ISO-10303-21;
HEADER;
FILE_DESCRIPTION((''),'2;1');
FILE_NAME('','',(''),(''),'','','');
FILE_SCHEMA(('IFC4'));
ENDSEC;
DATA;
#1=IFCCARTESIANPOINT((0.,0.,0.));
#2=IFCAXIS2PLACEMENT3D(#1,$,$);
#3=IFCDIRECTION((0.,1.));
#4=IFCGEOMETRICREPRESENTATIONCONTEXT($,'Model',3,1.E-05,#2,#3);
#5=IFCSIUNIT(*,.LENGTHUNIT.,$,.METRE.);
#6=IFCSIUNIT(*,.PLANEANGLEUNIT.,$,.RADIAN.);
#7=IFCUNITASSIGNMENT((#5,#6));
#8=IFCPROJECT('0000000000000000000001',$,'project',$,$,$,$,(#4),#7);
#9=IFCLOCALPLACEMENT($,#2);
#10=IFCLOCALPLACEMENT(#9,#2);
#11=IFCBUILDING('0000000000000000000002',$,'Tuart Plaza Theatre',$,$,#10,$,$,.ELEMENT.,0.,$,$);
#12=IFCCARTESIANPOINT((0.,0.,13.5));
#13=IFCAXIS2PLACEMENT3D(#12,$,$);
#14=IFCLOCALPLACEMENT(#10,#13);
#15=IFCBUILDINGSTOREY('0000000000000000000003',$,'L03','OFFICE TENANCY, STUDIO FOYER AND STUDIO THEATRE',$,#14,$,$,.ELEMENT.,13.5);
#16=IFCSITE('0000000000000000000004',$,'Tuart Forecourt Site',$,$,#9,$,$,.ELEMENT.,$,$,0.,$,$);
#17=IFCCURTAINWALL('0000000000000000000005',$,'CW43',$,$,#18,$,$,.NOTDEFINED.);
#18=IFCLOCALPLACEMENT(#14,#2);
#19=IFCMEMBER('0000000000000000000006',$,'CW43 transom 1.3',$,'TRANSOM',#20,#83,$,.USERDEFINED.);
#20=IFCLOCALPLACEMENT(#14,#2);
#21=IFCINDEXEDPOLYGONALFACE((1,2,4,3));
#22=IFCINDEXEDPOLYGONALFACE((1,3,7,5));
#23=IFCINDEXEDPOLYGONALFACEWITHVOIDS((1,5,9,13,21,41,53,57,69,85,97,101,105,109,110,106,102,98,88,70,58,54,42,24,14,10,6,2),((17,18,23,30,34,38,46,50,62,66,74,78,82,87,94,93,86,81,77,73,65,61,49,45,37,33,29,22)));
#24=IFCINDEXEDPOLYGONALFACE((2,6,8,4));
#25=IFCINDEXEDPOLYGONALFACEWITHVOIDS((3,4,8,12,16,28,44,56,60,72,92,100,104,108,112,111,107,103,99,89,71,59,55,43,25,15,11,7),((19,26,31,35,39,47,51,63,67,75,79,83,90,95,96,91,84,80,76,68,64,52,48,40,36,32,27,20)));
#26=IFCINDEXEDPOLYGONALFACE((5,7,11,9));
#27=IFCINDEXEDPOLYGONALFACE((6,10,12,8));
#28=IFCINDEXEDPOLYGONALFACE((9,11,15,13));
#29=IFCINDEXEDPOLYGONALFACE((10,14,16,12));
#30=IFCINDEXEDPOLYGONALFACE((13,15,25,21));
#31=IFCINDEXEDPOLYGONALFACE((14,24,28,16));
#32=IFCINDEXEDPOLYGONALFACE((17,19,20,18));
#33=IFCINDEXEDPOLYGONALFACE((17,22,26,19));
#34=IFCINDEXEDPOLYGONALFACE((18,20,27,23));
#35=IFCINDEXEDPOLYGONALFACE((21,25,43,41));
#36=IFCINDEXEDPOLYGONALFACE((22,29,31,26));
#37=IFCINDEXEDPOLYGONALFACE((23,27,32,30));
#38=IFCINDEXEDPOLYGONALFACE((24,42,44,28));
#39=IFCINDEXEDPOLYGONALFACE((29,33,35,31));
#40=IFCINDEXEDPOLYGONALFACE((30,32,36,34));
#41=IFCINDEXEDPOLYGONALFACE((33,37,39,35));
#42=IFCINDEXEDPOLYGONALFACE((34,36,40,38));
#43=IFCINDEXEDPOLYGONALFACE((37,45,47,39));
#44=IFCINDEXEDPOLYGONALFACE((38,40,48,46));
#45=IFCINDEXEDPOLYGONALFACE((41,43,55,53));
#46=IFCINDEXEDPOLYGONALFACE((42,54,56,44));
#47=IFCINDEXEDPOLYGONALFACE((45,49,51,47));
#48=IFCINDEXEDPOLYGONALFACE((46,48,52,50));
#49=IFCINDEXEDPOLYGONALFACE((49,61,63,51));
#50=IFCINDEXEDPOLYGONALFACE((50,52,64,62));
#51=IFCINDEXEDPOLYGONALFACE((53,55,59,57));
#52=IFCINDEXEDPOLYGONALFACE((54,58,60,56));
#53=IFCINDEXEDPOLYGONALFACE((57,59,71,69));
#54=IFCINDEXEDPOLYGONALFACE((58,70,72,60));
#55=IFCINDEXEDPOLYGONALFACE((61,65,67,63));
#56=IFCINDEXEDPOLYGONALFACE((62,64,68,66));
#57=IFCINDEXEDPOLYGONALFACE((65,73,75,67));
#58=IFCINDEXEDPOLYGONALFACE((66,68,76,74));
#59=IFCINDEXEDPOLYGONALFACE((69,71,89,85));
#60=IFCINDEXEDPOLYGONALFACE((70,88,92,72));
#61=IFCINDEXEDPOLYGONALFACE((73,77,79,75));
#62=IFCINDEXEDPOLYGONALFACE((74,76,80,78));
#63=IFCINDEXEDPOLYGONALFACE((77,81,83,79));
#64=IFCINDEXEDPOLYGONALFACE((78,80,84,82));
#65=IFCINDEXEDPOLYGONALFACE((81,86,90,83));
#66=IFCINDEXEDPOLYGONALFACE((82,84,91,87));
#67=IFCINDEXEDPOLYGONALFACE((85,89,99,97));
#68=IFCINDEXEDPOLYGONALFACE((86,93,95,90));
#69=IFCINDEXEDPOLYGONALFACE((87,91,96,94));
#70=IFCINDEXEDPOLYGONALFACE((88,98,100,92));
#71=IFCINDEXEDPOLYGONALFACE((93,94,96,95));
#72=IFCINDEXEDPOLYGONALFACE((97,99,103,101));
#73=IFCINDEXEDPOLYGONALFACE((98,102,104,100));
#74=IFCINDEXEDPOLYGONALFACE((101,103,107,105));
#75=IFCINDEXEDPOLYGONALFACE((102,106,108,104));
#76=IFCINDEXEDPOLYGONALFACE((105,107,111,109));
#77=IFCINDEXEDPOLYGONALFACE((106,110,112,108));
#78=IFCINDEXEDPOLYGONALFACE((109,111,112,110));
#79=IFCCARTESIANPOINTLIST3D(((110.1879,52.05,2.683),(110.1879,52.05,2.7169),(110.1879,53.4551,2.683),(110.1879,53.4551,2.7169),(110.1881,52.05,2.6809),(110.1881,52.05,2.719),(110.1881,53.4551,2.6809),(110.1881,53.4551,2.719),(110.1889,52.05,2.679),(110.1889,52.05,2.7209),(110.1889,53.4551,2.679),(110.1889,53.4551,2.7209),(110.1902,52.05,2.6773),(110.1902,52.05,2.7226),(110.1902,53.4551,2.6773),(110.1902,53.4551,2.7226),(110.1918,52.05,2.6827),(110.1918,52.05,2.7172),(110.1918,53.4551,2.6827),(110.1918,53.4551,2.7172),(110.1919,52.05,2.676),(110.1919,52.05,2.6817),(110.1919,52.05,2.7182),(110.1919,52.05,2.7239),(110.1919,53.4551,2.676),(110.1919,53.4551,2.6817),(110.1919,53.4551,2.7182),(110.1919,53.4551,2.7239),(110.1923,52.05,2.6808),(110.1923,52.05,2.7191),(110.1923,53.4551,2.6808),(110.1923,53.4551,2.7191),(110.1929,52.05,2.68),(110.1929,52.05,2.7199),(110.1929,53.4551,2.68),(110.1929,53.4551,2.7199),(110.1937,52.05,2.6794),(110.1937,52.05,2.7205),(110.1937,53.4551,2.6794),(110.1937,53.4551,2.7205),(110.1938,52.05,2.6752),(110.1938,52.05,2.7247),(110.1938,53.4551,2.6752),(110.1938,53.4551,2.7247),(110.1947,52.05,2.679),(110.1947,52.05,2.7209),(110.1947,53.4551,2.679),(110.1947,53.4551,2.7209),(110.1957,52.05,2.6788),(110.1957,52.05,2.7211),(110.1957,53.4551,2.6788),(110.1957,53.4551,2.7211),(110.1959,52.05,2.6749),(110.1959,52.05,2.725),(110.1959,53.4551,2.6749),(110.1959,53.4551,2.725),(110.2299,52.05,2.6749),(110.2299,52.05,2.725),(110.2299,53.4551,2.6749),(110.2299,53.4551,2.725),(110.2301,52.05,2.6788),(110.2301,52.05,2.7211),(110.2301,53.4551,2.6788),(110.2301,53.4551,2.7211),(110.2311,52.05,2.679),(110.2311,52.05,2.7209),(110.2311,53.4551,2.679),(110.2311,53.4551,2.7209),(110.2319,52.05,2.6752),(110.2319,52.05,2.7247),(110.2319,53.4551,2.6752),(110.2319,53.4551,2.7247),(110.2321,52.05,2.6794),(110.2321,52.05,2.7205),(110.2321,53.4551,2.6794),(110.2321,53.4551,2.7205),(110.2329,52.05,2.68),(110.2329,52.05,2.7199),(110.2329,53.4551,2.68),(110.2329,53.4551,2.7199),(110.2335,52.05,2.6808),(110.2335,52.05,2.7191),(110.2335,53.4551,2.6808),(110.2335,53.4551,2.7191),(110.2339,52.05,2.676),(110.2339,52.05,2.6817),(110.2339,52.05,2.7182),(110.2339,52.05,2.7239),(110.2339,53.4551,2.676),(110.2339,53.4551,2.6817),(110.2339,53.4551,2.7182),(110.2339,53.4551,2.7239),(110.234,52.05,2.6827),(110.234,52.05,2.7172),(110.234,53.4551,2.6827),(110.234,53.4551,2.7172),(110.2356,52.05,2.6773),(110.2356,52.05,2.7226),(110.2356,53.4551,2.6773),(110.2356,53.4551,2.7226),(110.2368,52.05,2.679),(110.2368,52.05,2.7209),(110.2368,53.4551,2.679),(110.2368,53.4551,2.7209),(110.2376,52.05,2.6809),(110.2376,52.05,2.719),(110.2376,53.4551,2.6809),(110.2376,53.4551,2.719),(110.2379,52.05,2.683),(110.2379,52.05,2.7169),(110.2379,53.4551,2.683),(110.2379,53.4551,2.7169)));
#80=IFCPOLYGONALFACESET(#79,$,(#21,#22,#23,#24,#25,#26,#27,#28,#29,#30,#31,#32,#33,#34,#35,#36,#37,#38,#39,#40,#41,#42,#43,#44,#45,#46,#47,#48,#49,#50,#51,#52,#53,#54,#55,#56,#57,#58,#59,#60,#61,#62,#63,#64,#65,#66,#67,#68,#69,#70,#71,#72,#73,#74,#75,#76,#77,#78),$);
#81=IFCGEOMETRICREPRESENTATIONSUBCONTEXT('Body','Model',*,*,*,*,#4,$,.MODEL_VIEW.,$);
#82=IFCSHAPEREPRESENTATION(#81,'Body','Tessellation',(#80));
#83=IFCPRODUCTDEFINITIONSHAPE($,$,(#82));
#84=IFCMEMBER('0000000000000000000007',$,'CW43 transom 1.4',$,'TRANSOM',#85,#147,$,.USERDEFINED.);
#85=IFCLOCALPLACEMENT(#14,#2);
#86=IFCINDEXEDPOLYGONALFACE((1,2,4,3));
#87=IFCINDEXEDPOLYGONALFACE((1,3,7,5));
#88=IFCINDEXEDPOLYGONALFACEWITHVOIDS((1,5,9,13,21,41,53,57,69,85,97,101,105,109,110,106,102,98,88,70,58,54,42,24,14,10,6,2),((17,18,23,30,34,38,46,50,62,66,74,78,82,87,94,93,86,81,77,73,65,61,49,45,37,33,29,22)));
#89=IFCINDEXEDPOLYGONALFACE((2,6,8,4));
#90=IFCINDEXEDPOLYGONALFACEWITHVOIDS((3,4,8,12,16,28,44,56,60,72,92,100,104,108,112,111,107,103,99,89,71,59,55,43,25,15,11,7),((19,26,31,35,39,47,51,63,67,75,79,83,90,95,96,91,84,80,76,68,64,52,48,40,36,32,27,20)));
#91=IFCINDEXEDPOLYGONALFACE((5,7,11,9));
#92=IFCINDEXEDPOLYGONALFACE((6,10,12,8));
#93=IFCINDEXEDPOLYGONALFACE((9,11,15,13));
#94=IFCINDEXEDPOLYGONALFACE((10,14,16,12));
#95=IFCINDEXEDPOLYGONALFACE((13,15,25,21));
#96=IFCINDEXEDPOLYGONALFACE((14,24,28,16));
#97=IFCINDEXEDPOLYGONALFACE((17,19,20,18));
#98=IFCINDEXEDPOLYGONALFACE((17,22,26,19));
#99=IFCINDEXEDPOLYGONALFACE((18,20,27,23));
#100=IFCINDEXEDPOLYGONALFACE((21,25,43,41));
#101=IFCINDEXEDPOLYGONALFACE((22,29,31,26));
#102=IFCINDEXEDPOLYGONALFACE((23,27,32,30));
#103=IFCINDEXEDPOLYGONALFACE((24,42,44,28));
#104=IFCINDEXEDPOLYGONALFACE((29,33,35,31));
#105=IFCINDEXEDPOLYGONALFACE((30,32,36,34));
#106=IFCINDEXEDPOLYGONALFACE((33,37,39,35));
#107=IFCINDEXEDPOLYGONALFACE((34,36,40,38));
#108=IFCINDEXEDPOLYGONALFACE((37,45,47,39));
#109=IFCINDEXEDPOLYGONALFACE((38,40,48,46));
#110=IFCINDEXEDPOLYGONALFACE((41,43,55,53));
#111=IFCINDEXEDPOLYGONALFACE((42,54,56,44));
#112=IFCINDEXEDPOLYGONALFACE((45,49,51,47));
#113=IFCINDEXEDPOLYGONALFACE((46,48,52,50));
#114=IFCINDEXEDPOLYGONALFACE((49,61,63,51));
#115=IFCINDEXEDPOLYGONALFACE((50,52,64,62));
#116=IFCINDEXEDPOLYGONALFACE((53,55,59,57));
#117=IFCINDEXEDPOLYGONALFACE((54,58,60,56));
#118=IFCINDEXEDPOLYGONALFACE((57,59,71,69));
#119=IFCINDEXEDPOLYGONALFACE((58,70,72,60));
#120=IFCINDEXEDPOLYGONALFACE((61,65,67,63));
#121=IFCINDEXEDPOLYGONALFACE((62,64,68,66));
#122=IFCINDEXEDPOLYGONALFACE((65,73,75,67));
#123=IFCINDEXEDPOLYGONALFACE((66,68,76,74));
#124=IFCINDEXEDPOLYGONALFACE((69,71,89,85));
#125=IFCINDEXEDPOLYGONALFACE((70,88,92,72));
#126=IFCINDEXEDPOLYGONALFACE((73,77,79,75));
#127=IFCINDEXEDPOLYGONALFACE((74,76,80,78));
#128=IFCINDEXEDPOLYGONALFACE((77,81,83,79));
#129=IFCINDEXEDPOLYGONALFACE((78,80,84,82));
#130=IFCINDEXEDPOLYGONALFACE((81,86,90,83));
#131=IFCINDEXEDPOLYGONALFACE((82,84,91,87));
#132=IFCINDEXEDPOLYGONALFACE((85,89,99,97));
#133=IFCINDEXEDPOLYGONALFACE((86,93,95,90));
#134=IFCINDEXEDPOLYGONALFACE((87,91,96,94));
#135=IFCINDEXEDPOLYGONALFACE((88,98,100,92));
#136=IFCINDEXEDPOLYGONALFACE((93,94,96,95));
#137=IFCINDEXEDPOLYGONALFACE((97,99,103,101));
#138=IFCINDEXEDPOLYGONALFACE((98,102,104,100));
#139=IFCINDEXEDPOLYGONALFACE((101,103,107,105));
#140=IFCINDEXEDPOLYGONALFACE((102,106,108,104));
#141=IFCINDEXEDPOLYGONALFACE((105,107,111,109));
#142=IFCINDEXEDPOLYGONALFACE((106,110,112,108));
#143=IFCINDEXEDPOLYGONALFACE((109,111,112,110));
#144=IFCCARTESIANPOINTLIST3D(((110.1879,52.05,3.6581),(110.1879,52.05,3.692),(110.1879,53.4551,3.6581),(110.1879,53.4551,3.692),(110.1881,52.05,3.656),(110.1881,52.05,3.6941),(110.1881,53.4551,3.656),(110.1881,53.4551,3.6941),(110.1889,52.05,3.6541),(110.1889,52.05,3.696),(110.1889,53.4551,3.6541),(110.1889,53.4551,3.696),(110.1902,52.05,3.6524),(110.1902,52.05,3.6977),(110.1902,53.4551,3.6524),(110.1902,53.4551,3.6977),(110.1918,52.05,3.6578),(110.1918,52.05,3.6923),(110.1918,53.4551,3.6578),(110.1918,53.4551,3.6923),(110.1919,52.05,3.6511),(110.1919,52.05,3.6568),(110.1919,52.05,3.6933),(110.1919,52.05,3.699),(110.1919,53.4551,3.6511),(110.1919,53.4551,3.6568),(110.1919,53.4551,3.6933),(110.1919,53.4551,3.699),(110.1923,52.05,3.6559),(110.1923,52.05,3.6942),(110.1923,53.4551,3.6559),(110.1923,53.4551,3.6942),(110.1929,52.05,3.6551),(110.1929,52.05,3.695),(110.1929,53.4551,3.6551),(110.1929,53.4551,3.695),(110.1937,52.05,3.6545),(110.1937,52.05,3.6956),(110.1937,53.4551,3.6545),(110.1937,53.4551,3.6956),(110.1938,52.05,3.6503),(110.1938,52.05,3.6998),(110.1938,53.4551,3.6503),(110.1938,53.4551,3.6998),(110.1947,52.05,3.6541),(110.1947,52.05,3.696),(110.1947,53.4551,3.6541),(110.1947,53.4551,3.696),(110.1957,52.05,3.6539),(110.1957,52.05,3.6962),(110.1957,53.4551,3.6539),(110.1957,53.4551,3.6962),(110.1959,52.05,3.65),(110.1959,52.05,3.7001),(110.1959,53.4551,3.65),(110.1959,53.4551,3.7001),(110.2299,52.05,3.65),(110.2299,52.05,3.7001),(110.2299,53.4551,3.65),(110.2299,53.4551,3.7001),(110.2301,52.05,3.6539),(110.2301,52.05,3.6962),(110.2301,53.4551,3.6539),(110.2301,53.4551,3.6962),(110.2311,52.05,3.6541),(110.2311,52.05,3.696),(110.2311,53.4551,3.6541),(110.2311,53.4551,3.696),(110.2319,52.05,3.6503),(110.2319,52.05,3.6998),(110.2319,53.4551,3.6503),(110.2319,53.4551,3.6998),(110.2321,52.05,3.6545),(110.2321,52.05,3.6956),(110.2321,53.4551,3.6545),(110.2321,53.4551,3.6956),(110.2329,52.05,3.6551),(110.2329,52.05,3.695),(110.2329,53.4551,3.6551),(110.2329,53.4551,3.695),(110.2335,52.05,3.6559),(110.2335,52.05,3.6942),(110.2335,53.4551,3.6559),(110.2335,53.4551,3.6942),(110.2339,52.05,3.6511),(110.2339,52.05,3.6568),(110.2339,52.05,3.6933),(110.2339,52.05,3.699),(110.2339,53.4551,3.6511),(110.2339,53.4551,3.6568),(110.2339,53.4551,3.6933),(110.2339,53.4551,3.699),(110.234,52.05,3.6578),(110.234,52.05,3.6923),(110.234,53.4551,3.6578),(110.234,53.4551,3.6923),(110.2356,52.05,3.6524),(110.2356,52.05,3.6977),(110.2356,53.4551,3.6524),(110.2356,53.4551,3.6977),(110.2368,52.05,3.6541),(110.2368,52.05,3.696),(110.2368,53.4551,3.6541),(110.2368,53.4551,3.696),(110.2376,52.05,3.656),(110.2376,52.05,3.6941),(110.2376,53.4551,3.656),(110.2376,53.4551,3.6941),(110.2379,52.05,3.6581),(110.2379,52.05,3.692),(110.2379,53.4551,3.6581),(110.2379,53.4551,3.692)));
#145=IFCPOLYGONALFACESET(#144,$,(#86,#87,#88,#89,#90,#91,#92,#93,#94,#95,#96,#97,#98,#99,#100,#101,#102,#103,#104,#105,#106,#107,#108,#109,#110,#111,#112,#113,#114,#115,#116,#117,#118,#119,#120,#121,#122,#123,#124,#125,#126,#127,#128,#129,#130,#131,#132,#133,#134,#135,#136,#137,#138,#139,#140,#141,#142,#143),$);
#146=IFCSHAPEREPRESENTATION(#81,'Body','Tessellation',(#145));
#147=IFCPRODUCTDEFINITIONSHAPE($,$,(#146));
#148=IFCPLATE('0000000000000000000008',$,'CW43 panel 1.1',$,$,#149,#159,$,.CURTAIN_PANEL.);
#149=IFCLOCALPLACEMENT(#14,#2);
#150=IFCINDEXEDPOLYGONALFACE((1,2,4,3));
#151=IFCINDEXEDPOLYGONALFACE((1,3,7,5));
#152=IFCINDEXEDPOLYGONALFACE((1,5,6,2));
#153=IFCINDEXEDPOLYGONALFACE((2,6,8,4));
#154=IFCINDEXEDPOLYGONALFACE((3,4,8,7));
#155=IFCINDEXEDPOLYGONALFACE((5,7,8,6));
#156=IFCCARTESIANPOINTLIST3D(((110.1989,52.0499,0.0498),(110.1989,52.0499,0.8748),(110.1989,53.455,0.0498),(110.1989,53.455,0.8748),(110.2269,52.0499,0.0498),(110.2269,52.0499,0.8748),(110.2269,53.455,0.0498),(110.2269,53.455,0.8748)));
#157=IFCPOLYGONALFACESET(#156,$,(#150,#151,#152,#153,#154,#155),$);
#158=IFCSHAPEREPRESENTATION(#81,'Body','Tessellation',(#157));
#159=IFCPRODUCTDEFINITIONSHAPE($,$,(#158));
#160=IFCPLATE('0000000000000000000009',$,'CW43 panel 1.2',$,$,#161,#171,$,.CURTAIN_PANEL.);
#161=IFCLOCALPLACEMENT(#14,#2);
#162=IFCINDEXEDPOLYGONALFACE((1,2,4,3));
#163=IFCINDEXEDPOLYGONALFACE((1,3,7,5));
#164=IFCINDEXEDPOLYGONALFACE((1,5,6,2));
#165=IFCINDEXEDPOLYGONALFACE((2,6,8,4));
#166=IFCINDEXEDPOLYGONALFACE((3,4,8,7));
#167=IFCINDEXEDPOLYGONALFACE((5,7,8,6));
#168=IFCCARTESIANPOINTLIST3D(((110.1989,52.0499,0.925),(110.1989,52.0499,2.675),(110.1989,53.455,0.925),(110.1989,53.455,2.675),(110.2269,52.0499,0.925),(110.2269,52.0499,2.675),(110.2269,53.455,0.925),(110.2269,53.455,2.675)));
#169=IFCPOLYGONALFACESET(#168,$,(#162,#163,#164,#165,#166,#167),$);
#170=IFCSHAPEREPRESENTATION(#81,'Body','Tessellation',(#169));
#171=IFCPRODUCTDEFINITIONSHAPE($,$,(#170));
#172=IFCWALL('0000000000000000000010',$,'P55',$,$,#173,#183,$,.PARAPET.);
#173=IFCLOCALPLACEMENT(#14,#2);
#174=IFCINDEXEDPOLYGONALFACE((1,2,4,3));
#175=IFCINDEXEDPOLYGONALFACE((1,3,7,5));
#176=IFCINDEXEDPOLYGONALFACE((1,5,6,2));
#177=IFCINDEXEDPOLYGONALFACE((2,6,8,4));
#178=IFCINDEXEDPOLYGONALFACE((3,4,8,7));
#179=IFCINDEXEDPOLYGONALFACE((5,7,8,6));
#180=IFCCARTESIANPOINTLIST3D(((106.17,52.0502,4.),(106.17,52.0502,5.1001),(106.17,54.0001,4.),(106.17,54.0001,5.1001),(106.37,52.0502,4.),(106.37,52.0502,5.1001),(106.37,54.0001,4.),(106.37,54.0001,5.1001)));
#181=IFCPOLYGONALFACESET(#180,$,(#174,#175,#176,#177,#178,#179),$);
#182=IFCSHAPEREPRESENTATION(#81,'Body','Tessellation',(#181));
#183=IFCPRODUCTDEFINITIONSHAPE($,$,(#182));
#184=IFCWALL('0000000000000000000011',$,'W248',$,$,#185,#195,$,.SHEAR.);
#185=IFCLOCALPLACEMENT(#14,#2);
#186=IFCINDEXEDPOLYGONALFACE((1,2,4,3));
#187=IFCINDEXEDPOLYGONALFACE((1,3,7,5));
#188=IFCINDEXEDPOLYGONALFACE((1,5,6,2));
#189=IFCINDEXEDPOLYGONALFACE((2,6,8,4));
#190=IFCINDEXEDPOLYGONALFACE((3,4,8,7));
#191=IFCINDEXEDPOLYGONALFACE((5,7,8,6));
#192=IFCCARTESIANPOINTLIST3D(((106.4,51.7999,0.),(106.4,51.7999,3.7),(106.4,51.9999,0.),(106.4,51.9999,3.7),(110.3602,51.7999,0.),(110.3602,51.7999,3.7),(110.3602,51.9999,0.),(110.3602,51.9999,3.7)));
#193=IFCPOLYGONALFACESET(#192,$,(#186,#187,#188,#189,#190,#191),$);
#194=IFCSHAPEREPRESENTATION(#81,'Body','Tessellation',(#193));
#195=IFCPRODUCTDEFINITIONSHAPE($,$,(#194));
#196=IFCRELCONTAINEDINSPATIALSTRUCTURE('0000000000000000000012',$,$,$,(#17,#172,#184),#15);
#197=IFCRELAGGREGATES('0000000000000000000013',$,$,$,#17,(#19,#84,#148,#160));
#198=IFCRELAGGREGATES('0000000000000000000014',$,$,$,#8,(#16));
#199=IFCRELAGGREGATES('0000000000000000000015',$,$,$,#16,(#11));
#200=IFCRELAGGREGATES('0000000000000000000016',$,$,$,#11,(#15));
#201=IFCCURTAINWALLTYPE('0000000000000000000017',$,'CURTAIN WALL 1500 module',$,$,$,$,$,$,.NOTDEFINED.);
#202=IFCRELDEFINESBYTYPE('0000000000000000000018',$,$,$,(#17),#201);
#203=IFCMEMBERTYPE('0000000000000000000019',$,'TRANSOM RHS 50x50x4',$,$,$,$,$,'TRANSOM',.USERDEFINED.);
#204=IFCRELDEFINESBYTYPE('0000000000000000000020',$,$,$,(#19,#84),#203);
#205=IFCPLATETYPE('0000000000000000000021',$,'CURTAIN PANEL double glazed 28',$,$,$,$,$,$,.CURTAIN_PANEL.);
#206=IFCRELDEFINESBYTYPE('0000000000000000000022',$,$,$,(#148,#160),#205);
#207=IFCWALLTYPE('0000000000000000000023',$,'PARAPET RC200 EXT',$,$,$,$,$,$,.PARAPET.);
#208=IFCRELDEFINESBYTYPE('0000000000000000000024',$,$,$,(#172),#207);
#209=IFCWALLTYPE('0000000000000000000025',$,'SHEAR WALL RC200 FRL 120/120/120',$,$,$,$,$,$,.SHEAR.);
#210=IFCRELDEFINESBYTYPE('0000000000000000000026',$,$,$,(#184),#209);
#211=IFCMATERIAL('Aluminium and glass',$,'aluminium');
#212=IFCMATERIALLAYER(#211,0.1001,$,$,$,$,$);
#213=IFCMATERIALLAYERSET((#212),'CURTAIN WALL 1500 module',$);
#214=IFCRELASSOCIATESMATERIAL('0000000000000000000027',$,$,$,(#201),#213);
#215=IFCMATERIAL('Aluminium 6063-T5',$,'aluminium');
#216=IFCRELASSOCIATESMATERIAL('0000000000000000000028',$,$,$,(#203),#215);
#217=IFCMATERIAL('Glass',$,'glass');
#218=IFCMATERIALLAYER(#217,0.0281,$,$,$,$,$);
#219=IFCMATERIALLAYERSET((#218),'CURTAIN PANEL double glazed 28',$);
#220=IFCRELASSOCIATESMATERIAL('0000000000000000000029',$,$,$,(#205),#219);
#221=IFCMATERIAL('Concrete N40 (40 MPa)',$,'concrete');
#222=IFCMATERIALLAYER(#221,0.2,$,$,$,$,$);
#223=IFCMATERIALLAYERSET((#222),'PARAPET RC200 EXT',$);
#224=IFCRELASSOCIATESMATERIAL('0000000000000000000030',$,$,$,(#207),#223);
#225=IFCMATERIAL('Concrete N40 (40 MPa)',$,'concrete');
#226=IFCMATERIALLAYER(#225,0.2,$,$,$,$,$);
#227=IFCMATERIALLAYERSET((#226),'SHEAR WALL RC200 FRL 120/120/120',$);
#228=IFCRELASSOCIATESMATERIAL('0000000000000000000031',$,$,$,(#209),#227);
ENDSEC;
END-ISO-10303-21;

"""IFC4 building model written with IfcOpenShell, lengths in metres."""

from ifc_helpers import new_model, si_unit, direction, frame, frame_2d, origin, origin_2d, place, context, subcontext, project, spatial, rectangle, hollow_rectangle, extrude, material, layer, layer_set, material_profile, profile_set, type_object, element, aggregate, save


model = new_model("IFC4")

# Units and contexts
model_context = context("Model", 3, precision=1e-05, world=origin(), true_north=direction((0.0, 1.0)))
body_context = subcontext(model_context, "Body", "Model", "MODEL_VIEW")
ifc_project = project(units=[si_unit("LENGTHUNIT", "METRE"), si_unit("PLANEANGLEUNIT", "RADIAN")], contexts=[model_context])

# Site, building, storey
site_placement = place(None, origin())
site = spatial("IfcSite", under=ifc_project, at=site_placement, Name="Tuart Forecourt Site", CompositionType="ELEMENT", RefElevation=0.0)
building_placement = place(site_placement, origin())
building = spatial("IfcBuilding", under=site, at=building_placement, Name="Tuart Plaza Theatre", CompositionType="ELEMENT", ElevationOfRefHeight=0.0)
storey_placement = place(building_placement, frame((0.0, 0.0, 13.5)))
storey = spatial("IfcBuildingStorey", under=building, at=storey_placement, Name="L03", Description="OFFICE TENANCY, STUDIO FOYER AND STUDIO THEATRE", CompositionType="ELEMENT", Elevation=13.5)

# Curtain wall, members, plates
ifc_material_1 = material(Name="Aluminium and glass", Category="aluminium")
ifc_layer_1 = layer(ifc_material_1, 0.1001)
ifc_layer_set_1 = layer_set([ifc_layer_1], Name="CURTAIN WALL 1500 module")
curtain_wall_type = type_object("IfcCurtainWallType", Name="CURTAIN WALL 1500 module", PredefinedType="NOTDEFINED", material=ifc_layer_set_1)
curtain_wall_placement = place(storey_placement, origin())
curtain_wall = element("IfcCurtainWall", 1, at=curtain_wall_placement, inside=storey, type_object=curtain_wall_type, Name="CW43", PredefinedType="NOTDEFINED")
ifc_material_2 = material(Name="Aluminium 6063-T5", Category="aluminium")
ifc_material_profile_1 = material_profile(ifc_material_2, hollow_rectangle(XDim=0.05, YDim=0.05, WallThickness=0.0039, InnerFilletRadius=0.0039, OuterFilletRadius=0.0081, at=origin_2d()), Name="RHS 50x50x4")
ifc_profile_set_1 = profile_set([ifc_material_profile_1], Name="Aluminium 6063-T5")
member_type_1 = type_object("IfcMemberType", Name="TRANSOM RHS 50x50x4", ElementType="TRANSOM", PredefinedType="USERDEFINED", material=ifc_profile_set_1)
member_1_placement = place(storey_placement, frame((110.2129, 52.05, 2.7), z_axis=(0.0, 1.0, 0.0), x_axis=(-1.0, 0.0, 0.0)))
member_1 = element("IfcMember", 2, at=member_1_placement, type_object=member_type_1, Name="CW43 transom 1.3", ObjectType="TRANSOM", PredefinedType="USERDEFINED", context=body_context, shape_type="SweptSolid", body=[
    extrude(hollow_rectangle(XDim=0.05, YDim=0.05, WallThickness=0.0039, InnerFilletRadius=0.0039, OuterFilletRadius=0.0081, at=origin_2d()), origin(), (0.0, 0.0, 1.0), 1.405),
])
member_2_placement = place(storey_placement, frame((110.2129, 52.05, 3.675), z_axis=(0.0, 1.0, 0.0), x_axis=(-1.0, 0.0, 0.0)))
member_2 = element("IfcMember", 3, at=member_2_placement, type_object=member_type_1, Name="CW43 transom 1.4", ObjectType="TRANSOM", PredefinedType="USERDEFINED", context=body_context, shape_type="SweptSolid", body=[
    extrude(hollow_rectangle(XDim=0.05, YDim=0.05, WallThickness=0.0039, InnerFilletRadius=0.0039, OuterFilletRadius=0.0081, at=origin_2d()), origin(), (0.0, 0.0, 1.0), 1.405),
])
ifc_material_3 = material(Name="Glass", Category="glass")
ifc_layer_2 = layer(ifc_material_3, 0.0281)
ifc_layer_set_2 = layer_set([ifc_layer_2], Name="CURTAIN PANEL double glazed 28")
plate_type = type_object("IfcPlateType", Name="CURTAIN PANEL double glazed 28", PredefinedType="CURTAIN_PANEL", material=ifc_layer_set_2)
plate_1_placement = place(storey_placement, frame((110.2129, 52.7524, 0.0498), z_axis=(0.0, 0.0, 1.0), x_axis=(0.0, 1.0, 0.0)))
plate_1 = element("IfcPlate", 4, at=plate_1_placement, type_object=plate_type, Name="CW43 panel 1.1", PredefinedType="CURTAIN_PANEL", context=body_context, shape_type="SweptSolid", body=[
    extrude(rectangle(XDim=1.405, YDim=0.0281, at=origin_2d()), origin(), (0.0, 0.0, 1.0), 0.825),
])
plate_2_placement = place(storey_placement, frame((110.2129, 52.7524, 0.925), z_axis=(0.0, 0.0, 1.0), x_axis=(0.0, 1.0, 0.0)))
plate_2 = element("IfcPlate", 5, at=plate_2_placement, type_object=plate_type, Name="CW43 panel 1.2", PredefinedType="CURTAIN_PANEL", context=body_context, shape_type="SweptSolid", body=[
    extrude(rectangle(XDim=1.405, YDim=0.0281, at=origin_2d()), origin(), (0.0, 0.0, 1.0), 1.75),
])
aggregate(curtain_wall, [member_1, member_2, plate_1, plate_2])

# Walls
ifc_material_4 = material(Name="Concrete N40 (40 MPa)", Category="concrete")
ifc_layer_3 = layer(ifc_material_4, 0.2)
ifc_layer_set_3 = layer_set([ifc_layer_3], Name="PARAPET RC200 EXT")
wall_type_1 = type_object("IfcWallType", Name="PARAPET RC200 EXT", PredefinedType="PARAPET", material=ifc_layer_set_3)
wall_1_placement = place(storey_placement, frame((106.27, 52.05, 4.0), z_axis=(0.0, 0.0, 1.0), x_axis=(0.0, 1.0, 0.0)))
element("IfcWall", 6, at=wall_1_placement, inside=storey, type_object=wall_type_1, Name="P55", PredefinedType="PARAPET", context=body_context, shape_type="SweptSolid", body=[
    extrude(rectangle(XDim=1.95, YDim=0.2, at=frame_2d((0.9751, 0.0))), origin(), (0.0, 0.0, 1.0), 1.1001),
])
ifc_material_5 = material(Name="Concrete N40 (40 MPa)", Category="concrete")
ifc_layer_4 = layer(ifc_material_5, 0.2)
ifc_layer_set_4 = layer_set([ifc_layer_4], Name="SHEAR WALL RC200 FRL 120/120/120")
wall_type_2 = type_object("IfcWallType", Name="SHEAR WALL RC200 FRL 120/120/120", PredefinedType="SHEAR", material=ifc_layer_set_4)
wall_2_placement = place(storey_placement, frame((110.3601, 51.8999, 0.0), z_axis=(0.0, 0.0, 1.0), x_axis=(-1.0, 0.0, 0.0)))
element("IfcWall", 7, at=wall_2_placement, inside=storey, type_object=wall_type_2, Name="W248", PredefinedType="SHEAR", context=body_context, shape_type="SweptSolid", body=[
    extrude(rectangle(XDim=3.9602, YDim=0.2, at=frame_2d((1.98, 0.0))), origin(), (0.0, 0.0, 1.0), 3.7),
])

save(model, "model.ifc")
